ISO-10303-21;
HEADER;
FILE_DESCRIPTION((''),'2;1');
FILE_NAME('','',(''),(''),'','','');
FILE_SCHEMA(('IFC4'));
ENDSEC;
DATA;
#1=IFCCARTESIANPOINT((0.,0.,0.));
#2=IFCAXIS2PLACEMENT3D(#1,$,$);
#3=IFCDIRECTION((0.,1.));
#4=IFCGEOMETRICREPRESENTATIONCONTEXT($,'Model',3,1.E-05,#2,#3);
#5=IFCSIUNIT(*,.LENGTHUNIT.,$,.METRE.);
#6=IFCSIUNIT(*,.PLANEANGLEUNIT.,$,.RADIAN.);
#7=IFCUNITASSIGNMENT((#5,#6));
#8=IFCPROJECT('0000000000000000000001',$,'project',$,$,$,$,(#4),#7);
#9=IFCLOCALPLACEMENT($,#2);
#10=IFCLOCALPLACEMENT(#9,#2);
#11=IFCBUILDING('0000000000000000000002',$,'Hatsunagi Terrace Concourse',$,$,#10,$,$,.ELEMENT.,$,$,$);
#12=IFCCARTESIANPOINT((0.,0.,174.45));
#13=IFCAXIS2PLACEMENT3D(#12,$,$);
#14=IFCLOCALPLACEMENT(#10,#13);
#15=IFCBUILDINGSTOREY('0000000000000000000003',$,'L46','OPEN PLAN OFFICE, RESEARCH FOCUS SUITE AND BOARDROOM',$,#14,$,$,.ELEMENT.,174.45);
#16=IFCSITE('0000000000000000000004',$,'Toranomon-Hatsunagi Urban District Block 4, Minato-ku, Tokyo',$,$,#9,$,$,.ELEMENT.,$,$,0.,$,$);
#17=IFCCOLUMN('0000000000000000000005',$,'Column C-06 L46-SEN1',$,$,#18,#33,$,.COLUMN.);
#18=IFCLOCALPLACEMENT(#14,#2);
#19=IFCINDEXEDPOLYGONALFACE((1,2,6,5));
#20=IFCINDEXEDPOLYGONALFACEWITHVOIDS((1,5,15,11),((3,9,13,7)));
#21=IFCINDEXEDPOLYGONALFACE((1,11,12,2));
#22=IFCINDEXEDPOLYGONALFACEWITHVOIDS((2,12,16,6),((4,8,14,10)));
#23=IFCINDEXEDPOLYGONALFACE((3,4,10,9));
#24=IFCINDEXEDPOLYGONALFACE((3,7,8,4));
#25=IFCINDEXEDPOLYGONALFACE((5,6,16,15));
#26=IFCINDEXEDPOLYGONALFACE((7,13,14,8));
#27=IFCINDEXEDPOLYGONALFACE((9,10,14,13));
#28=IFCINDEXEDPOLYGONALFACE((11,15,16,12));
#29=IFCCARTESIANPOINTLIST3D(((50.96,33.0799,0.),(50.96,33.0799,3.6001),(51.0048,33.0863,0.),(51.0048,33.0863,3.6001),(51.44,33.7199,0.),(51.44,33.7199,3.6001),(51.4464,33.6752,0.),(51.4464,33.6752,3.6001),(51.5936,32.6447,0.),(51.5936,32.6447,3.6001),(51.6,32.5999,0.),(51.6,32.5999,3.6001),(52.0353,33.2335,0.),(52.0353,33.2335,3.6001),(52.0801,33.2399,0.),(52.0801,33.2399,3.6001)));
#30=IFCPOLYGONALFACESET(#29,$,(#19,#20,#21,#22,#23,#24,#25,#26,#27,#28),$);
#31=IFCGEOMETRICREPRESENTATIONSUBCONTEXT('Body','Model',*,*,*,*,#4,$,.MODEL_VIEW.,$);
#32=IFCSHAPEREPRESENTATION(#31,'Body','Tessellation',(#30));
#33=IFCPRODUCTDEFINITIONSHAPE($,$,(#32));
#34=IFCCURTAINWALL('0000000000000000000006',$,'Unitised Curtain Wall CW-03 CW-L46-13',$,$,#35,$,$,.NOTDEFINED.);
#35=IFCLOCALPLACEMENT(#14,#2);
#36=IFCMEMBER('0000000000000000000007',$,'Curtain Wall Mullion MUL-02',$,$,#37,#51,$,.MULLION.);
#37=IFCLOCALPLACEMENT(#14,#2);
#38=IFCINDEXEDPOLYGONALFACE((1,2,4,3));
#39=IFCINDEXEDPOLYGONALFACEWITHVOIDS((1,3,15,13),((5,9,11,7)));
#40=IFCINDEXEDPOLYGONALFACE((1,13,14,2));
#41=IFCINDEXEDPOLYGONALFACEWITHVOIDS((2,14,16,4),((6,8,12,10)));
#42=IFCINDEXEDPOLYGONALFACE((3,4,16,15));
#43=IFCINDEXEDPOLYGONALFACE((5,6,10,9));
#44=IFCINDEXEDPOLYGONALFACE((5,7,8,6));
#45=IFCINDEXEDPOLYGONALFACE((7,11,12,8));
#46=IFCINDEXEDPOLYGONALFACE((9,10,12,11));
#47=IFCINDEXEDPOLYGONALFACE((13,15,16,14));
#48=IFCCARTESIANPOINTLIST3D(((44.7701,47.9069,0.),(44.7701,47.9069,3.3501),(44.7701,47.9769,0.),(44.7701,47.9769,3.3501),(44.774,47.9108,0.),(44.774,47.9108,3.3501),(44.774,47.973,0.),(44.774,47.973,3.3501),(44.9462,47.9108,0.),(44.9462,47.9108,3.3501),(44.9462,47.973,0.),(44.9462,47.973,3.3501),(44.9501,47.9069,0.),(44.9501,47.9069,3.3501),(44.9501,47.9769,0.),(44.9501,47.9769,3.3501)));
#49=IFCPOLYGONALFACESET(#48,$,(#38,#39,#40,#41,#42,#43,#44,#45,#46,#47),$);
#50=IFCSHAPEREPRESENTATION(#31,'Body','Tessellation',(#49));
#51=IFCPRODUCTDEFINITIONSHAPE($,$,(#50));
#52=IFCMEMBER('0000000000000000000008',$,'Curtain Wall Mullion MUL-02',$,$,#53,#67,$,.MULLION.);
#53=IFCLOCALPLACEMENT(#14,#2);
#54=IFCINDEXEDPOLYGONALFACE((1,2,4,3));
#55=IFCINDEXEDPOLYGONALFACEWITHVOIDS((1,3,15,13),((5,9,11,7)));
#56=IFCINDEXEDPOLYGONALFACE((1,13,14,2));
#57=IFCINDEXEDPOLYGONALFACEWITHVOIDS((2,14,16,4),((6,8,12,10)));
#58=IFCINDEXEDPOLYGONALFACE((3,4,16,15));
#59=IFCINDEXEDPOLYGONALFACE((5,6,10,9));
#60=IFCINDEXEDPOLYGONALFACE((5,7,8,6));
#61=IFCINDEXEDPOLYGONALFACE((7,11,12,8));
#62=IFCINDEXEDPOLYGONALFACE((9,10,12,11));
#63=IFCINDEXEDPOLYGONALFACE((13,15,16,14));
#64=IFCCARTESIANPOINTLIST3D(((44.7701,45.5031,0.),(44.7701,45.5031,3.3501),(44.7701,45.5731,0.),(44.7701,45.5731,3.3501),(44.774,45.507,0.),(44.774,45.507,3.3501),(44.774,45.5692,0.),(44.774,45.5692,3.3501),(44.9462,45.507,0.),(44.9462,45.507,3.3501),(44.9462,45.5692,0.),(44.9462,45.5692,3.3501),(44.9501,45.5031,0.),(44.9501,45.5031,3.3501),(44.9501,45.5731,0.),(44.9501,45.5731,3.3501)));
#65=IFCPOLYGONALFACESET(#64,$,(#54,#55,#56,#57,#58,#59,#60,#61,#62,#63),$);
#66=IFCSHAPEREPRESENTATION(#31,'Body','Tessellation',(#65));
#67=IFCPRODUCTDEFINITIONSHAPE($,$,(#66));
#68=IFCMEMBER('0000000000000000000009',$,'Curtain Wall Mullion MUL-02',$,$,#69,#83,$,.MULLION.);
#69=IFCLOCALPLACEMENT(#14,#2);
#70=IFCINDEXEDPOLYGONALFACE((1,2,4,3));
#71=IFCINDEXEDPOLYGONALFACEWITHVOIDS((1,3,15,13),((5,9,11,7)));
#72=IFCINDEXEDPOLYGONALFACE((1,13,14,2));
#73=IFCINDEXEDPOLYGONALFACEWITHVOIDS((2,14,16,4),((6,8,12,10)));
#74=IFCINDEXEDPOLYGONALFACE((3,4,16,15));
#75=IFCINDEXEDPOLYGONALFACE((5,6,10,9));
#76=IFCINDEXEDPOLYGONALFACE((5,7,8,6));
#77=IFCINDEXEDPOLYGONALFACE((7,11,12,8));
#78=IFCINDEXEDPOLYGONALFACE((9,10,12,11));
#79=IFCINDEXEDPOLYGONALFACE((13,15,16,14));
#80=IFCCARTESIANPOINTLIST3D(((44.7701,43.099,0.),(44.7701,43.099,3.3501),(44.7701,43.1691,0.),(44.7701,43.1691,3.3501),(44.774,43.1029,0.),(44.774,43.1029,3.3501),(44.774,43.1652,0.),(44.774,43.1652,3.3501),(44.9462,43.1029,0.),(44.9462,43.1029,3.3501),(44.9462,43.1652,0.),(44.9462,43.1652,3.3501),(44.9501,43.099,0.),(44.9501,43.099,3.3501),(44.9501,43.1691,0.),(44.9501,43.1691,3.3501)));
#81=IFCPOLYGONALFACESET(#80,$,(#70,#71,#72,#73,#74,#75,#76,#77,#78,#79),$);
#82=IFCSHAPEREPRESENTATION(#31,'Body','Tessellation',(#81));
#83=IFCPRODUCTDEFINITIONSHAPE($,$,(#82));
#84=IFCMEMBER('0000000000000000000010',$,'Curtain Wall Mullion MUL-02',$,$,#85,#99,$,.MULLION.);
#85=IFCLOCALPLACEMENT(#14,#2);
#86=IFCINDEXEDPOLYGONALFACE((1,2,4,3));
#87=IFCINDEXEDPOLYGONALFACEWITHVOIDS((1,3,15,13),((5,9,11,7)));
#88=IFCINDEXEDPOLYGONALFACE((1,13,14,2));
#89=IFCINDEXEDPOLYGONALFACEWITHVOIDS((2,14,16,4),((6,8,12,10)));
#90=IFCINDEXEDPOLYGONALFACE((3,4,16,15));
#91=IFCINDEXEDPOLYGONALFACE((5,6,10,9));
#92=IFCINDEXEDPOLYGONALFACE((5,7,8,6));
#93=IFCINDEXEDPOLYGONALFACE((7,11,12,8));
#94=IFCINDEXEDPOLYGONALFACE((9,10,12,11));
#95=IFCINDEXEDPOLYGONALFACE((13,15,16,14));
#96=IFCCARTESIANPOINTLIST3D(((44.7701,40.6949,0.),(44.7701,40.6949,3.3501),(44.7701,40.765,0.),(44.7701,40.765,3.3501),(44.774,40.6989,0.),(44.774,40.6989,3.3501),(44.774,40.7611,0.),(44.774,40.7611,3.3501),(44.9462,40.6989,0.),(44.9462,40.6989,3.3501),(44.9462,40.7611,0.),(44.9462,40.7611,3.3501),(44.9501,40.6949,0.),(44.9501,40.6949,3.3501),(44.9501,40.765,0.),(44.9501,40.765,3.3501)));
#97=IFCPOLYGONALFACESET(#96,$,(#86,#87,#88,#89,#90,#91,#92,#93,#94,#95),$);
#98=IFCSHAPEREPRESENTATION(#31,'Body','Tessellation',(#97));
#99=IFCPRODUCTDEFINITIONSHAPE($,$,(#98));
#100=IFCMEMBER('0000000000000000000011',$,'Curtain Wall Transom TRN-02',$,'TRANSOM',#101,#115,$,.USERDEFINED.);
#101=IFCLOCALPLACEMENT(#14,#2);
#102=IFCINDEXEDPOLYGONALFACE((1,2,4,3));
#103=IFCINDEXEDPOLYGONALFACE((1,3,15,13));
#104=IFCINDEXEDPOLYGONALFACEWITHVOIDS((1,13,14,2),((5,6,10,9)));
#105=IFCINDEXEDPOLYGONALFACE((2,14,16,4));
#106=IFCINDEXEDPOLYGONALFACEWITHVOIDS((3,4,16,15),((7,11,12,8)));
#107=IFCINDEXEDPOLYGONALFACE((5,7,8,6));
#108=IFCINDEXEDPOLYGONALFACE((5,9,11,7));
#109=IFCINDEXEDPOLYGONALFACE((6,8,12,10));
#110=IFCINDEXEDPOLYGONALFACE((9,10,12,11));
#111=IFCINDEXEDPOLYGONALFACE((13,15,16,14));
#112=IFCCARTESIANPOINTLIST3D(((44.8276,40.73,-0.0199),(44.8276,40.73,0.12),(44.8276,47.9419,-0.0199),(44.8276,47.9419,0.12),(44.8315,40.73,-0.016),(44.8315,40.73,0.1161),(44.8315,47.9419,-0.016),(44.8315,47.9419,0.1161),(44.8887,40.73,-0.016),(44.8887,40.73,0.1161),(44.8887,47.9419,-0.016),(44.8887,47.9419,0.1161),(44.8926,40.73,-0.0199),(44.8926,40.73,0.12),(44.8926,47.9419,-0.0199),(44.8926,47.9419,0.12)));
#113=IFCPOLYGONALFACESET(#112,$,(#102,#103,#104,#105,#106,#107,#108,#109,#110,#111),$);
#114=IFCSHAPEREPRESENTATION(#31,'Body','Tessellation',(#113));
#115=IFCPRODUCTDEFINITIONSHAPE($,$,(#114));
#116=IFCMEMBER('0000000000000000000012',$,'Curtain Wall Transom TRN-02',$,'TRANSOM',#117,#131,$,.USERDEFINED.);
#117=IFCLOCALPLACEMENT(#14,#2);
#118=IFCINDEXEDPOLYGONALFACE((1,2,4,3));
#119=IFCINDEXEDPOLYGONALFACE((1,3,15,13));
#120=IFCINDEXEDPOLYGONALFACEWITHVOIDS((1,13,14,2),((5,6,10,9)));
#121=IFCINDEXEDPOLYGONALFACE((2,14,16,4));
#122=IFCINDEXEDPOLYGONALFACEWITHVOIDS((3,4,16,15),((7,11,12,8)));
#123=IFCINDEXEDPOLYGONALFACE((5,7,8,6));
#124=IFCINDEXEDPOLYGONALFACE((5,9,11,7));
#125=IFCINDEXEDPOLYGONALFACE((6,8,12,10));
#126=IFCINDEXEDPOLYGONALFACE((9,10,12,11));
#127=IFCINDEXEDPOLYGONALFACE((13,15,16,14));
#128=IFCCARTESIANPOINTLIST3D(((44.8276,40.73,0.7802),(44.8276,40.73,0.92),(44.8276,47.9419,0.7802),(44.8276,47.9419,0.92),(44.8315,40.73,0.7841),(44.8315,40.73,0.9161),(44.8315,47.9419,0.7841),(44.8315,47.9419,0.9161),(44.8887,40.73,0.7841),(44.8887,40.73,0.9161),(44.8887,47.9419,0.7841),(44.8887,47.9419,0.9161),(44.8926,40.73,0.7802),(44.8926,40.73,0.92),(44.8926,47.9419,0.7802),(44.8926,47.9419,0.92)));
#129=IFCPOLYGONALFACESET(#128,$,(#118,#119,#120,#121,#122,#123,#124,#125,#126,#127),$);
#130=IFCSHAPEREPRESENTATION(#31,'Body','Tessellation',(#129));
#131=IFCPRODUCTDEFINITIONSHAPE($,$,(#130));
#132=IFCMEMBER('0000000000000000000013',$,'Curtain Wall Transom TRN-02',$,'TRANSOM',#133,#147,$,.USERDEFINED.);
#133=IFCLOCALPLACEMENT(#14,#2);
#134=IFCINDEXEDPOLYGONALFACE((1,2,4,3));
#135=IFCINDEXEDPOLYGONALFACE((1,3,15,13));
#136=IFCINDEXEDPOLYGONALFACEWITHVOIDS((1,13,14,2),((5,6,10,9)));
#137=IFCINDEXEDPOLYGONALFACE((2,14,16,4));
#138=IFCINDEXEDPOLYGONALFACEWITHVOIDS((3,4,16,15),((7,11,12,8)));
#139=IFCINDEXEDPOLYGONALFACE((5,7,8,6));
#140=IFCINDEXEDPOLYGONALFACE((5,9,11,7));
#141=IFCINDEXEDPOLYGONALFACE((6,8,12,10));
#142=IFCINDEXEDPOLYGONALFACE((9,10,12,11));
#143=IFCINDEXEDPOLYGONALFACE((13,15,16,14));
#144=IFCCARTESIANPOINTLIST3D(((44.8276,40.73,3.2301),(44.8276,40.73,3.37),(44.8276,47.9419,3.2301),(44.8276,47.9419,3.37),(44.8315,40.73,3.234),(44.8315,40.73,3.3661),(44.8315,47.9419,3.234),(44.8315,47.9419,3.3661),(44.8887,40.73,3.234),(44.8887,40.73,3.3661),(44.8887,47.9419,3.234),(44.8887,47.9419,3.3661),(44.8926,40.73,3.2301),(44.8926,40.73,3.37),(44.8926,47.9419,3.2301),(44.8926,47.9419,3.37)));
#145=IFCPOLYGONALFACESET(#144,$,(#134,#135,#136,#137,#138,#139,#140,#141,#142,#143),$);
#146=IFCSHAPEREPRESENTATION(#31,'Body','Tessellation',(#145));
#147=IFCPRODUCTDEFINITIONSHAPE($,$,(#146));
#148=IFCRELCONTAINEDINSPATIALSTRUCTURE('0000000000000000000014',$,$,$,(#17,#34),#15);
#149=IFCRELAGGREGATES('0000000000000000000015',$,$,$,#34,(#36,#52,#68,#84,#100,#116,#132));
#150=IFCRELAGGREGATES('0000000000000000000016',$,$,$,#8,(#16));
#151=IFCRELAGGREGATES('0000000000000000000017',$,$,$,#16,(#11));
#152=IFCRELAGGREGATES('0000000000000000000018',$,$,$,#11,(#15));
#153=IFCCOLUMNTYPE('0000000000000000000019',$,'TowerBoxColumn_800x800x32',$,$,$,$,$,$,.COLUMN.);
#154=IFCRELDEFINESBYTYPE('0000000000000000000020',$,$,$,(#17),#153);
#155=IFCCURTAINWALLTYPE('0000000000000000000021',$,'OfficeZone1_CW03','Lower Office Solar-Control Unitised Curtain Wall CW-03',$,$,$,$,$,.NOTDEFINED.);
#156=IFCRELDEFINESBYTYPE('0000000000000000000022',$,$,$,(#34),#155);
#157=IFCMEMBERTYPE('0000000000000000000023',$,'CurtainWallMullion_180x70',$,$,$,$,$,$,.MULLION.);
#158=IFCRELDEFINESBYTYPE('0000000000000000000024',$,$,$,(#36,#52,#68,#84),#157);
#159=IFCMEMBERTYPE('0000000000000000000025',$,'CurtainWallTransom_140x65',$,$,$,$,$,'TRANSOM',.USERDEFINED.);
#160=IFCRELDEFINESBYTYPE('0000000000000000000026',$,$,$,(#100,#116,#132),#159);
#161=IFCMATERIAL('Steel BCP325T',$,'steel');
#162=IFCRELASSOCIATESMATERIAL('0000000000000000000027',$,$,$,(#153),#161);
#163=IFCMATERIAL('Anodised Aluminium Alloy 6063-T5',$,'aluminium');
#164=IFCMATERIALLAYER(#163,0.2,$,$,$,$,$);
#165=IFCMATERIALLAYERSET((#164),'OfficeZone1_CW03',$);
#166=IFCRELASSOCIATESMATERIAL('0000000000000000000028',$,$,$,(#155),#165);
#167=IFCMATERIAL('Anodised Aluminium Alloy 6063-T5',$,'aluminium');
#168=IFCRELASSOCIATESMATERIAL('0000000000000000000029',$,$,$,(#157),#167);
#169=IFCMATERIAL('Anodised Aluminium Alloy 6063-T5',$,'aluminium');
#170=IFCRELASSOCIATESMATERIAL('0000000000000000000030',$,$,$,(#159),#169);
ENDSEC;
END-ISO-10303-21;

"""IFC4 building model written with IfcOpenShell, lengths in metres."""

from ifc_helpers import new_model, si_unit, direction, frame, origin, origin_2d, place, context, subcontext, project, spatial, hollow_rectangle, extrude, material, layer, layer_set, material_profile, profile_set, type_object, element, aggregate, save


model = new_model("IFC4")

# Units and contexts
model_context = context("Model", 3, precision=1e-05, world=origin(), true_north=direction((0.0, 1.0)))
body_context = subcontext(model_context, "Body", "Model", "MODEL_VIEW")
ifc_project = project(units=[si_unit("LENGTHUNIT", "METRE"), si_unit("PLANEANGLEUNIT", "RADIAN")], contexts=[model_context])

# Site, building, storey
site_placement = place(None, origin())
site = spatial("IfcSite", under=ifc_project, at=site_placement, Name="Toranomon-Hatsunagi Urban District Block 4, Minato-ku, Tokyo", CompositionType="ELEMENT", RefElevation=0.0)
building_placement = place(site_placement, origin())
building = spatial("IfcBuilding", under=site, at=building_placement, Name="Hatsunagi Terrace Concourse", CompositionType="ELEMENT")
storey_placement = place(building_placement, frame((0.0, 0.0, 174.45)))
storey = spatial("IfcBuildingStorey", under=building, at=storey_placement, Name="L46", Description="OPEN PLAN OFFICE, RESEARCH FOCUS SUITE AND BOARDROOM", CompositionType="ELEMENT", Elevation=174.45)

# Column
ifc_material_1 = material(Name="Steel BCP325T", Category="steel")
ifc_material_profile_1 = material_profile(ifc_material_1, hollow_rectangle(XDim=0.8, YDim=0.8, WallThickness=0.032, at=origin_2d()), Name="BCP-800x800x32")
ifc_profile_set_1 = profile_set([ifc_material_profile_1], Name="Steel BCP325T")
column_type = type_object("IfcColumnType", Name="TowerBoxColumn_800x800x32", PredefinedType="COLUMN", material=ifc_profile_set_1)
column_placement = place(storey_placement, frame((51.52, 33.1599, 0.0), z_axis=(0.0, 0.0, 1.0), x_axis=(0.8, -0.6, 0.0)))
element("IfcColumn", 1, at=column_placement, inside=storey, type_object=column_type, Name="Column C-06 L46-SEN1", PredefinedType="COLUMN", context=body_context, shape_type="SweptSolid", body=[
    extrude(hollow_rectangle(XDim=0.8, YDim=0.8, WallThickness=0.032, at=origin_2d()), origin(), (0.0, 0.0, 1.0), 3.6001),
])

# Curtain wall, members
ifc_material_2 = material(Name="Anodised Aluminium Alloy 6063-T5", Category="aluminium")
ifc_layer_1 = layer(ifc_material_2, 0.2)
ifc_layer_set_1 = layer_set([ifc_layer_1], Name="OfficeZone1_CW03")
curtain_wall_type = type_object("IfcCurtainWallType", Name="OfficeZone1_CW03", Description="Lower Office Solar-Control Unitised Curtain Wall CW-03", PredefinedType="NOTDEFINED", material=ifc_layer_set_1)
curtain_wall_placement = place(storey_placement, origin())
curtain_wall = element("IfcCurtainWall", 2, at=curtain_wall_placement, inside=storey, type_object=curtain_wall_type, Name="Unitised Curtain Wall CW-03 CW-L46-13", PredefinedType="NOTDEFINED")
ifc_material_3 = material(Name="Anodised Aluminium Alloy 6063-T5", Category="aluminium")
ifc_material_profile_2 = material_profile(ifc_material_3, hollow_rectangle(XDim=0.0701, YDim=0.1799, WallThickness=0.0039, at=origin_2d()), Name="ALU-MUL-180x70x4")
ifc_profile_set_2 = profile_set([ifc_material_profile_2], Name="Anodised Aluminium Alloy 6063-T5")
member_type_1 = type_object("IfcMemberType", Name="CurtainWallMullion_180x70", PredefinedType="MULLION", material=ifc_profile_set_2)
member_1_placement = place(storey_placement, frame((44.8601, 47.9419, 0.0), z_axis=(0.0, 0.0, 1.0), x_axis=(0.0, -1.0, 0.0)))
member_1 = element("IfcMember", 3, at=member_1_placement, type_object=member_type_1, Name="Curtain Wall Mullion MUL-02", PredefinedType="MULLION", context=body_context, shape_type="SweptSolid", body=[
    extrude(hollow_rectangle(XDim=0.0701, YDim=0.1799, WallThickness=0.0039, at=origin_2d()), origin(), (0.0, 0.0, 1.0), 3.3501),
])
member_2_placement = place(storey_placement, frame((44.8601, 45.5381, 0.0), z_axis=(0.0, 0.0, 1.0), x_axis=(0.0, -1.0, 0.0)))
member_2 = element("IfcMember", 4, at=member_2_placement, type_object=member_type_1, Name="Curtain Wall Mullion MUL-02", PredefinedType="MULLION", context=body_context, shape_type="SweptSolid", body=[
    extrude(hollow_rectangle(XDim=0.0701, YDim=0.1799, WallThickness=0.0039, at=origin_2d()), origin(), (0.0, 0.0, 1.0), 3.3501),
])
member_3_placement = place(storey_placement, frame((44.8601, 43.134, 0.0), z_axis=(0.0, 0.0, 1.0), x_axis=(0.0, -1.0, 0.0)))
member_3 = element("IfcMember", 5, at=member_3_placement, type_object=member_type_1, Name="Curtain Wall Mullion MUL-02", PredefinedType="MULLION", context=body_context, shape_type="SweptSolid", body=[
    extrude(hollow_rectangle(XDim=0.0701, YDim=0.1799, WallThickness=0.0039, at=origin_2d()), origin(), (0.0, 0.0, 1.0), 3.3501),
])
member_4_placement = place(storey_placement, frame((44.8601, 40.73, 0.0), z_axis=(0.0, 0.0, 1.0), x_axis=(0.0, -1.0, 0.0)))
member_4 = element("IfcMember", 6, at=member_4_placement, type_object=member_type_1, Name="Curtain Wall Mullion MUL-02", PredefinedType="MULLION", context=body_context, shape_type="SweptSolid", body=[
    extrude(hollow_rectangle(XDim=0.0701, YDim=0.1799, WallThickness=0.0039, at=origin_2d()), origin(), (0.0, 0.0, 1.0), 3.3501),
])
ifc_material_4 = material(Name="Anodised Aluminium Alloy 6063-T5", Category="aluminium")
ifc_material_profile_3 = material_profile(ifc_material_4, hollow_rectangle(XDim=0.0649, YDim=0.1399, WallThickness=0.0039, at=origin_2d()), Name="ALU-TRN-140x65x4")
ifc_profile_set_3 = profile_set([ifc_material_profile_3], Name="Anodised Aluminium Alloy 6063-T5")
member_type_2 = type_object("IfcMemberType", Name="CurtainWallTransom_140x65", ElementType="TRANSOM", PredefinedType="USERDEFINED", material=ifc_profile_set_3)
member_5_placement = place(storey_placement, frame((44.8601, 47.9419, 0.05), z_axis=(0.0, -1.0, 0.0), x_axis=(1.0, 0.0, 0.0)))
member_5 = element("IfcMember", 7, at=member_5_placement, type_object=member_type_2, Name="Curtain Wall Transom TRN-02", ObjectType="TRANSOM", PredefinedType="USERDEFINED", context=body_context, shape_type="SweptSolid", body=[
    extrude(hollow_rectangle(XDim=0.0649, YDim=0.1399, WallThickness=0.0039, at=origin_2d()), origin(), (0.0, 0.0, 1.0), 7.2119),
])
member_6_placement = place(storey_placement, frame((44.8601, 47.9419, 0.8501), z_axis=(0.0, -1.0, 0.0), x_axis=(1.0, 0.0, 0.0)))
member_6 = element("IfcMember", 8, at=member_6_placement, type_object=member_type_2, Name="Curtain Wall Transom TRN-02", ObjectType="TRANSOM", PredefinedType="USERDEFINED", context=body_context, shape_type="SweptSolid", body=[
    extrude(hollow_rectangle(XDim=0.0649, YDim=0.1399, WallThickness=0.0039, at=origin_2d()), origin(), (0.0, 0.0, 1.0), 7.2119),
])
member_7_placement = place(storey_placement, frame((44.8601, 47.9419, 3.3), z_axis=(0.0, -1.0, 0.0), x_axis=(1.0, 0.0, 0.0)))
member_7 = element("IfcMember", 9, at=member_7_placement, type_object=member_type_2, Name="Curtain Wall Transom TRN-02", ObjectType="TRANSOM", PredefinedType="USERDEFINED", context=body_context, shape_type="SweptSolid", body=[
    extrude(hollow_rectangle(XDim=0.0649, YDim=0.1399, WallThickness=0.0039, at=origin_2d()), origin(), (0.0, 0.0, 1.0), 7.2119),
])

aggregate(curtain_wall, [member_1, member_2, member_3, member_4, member_5, member_6, member_7])

save(model, "model.ifc")
